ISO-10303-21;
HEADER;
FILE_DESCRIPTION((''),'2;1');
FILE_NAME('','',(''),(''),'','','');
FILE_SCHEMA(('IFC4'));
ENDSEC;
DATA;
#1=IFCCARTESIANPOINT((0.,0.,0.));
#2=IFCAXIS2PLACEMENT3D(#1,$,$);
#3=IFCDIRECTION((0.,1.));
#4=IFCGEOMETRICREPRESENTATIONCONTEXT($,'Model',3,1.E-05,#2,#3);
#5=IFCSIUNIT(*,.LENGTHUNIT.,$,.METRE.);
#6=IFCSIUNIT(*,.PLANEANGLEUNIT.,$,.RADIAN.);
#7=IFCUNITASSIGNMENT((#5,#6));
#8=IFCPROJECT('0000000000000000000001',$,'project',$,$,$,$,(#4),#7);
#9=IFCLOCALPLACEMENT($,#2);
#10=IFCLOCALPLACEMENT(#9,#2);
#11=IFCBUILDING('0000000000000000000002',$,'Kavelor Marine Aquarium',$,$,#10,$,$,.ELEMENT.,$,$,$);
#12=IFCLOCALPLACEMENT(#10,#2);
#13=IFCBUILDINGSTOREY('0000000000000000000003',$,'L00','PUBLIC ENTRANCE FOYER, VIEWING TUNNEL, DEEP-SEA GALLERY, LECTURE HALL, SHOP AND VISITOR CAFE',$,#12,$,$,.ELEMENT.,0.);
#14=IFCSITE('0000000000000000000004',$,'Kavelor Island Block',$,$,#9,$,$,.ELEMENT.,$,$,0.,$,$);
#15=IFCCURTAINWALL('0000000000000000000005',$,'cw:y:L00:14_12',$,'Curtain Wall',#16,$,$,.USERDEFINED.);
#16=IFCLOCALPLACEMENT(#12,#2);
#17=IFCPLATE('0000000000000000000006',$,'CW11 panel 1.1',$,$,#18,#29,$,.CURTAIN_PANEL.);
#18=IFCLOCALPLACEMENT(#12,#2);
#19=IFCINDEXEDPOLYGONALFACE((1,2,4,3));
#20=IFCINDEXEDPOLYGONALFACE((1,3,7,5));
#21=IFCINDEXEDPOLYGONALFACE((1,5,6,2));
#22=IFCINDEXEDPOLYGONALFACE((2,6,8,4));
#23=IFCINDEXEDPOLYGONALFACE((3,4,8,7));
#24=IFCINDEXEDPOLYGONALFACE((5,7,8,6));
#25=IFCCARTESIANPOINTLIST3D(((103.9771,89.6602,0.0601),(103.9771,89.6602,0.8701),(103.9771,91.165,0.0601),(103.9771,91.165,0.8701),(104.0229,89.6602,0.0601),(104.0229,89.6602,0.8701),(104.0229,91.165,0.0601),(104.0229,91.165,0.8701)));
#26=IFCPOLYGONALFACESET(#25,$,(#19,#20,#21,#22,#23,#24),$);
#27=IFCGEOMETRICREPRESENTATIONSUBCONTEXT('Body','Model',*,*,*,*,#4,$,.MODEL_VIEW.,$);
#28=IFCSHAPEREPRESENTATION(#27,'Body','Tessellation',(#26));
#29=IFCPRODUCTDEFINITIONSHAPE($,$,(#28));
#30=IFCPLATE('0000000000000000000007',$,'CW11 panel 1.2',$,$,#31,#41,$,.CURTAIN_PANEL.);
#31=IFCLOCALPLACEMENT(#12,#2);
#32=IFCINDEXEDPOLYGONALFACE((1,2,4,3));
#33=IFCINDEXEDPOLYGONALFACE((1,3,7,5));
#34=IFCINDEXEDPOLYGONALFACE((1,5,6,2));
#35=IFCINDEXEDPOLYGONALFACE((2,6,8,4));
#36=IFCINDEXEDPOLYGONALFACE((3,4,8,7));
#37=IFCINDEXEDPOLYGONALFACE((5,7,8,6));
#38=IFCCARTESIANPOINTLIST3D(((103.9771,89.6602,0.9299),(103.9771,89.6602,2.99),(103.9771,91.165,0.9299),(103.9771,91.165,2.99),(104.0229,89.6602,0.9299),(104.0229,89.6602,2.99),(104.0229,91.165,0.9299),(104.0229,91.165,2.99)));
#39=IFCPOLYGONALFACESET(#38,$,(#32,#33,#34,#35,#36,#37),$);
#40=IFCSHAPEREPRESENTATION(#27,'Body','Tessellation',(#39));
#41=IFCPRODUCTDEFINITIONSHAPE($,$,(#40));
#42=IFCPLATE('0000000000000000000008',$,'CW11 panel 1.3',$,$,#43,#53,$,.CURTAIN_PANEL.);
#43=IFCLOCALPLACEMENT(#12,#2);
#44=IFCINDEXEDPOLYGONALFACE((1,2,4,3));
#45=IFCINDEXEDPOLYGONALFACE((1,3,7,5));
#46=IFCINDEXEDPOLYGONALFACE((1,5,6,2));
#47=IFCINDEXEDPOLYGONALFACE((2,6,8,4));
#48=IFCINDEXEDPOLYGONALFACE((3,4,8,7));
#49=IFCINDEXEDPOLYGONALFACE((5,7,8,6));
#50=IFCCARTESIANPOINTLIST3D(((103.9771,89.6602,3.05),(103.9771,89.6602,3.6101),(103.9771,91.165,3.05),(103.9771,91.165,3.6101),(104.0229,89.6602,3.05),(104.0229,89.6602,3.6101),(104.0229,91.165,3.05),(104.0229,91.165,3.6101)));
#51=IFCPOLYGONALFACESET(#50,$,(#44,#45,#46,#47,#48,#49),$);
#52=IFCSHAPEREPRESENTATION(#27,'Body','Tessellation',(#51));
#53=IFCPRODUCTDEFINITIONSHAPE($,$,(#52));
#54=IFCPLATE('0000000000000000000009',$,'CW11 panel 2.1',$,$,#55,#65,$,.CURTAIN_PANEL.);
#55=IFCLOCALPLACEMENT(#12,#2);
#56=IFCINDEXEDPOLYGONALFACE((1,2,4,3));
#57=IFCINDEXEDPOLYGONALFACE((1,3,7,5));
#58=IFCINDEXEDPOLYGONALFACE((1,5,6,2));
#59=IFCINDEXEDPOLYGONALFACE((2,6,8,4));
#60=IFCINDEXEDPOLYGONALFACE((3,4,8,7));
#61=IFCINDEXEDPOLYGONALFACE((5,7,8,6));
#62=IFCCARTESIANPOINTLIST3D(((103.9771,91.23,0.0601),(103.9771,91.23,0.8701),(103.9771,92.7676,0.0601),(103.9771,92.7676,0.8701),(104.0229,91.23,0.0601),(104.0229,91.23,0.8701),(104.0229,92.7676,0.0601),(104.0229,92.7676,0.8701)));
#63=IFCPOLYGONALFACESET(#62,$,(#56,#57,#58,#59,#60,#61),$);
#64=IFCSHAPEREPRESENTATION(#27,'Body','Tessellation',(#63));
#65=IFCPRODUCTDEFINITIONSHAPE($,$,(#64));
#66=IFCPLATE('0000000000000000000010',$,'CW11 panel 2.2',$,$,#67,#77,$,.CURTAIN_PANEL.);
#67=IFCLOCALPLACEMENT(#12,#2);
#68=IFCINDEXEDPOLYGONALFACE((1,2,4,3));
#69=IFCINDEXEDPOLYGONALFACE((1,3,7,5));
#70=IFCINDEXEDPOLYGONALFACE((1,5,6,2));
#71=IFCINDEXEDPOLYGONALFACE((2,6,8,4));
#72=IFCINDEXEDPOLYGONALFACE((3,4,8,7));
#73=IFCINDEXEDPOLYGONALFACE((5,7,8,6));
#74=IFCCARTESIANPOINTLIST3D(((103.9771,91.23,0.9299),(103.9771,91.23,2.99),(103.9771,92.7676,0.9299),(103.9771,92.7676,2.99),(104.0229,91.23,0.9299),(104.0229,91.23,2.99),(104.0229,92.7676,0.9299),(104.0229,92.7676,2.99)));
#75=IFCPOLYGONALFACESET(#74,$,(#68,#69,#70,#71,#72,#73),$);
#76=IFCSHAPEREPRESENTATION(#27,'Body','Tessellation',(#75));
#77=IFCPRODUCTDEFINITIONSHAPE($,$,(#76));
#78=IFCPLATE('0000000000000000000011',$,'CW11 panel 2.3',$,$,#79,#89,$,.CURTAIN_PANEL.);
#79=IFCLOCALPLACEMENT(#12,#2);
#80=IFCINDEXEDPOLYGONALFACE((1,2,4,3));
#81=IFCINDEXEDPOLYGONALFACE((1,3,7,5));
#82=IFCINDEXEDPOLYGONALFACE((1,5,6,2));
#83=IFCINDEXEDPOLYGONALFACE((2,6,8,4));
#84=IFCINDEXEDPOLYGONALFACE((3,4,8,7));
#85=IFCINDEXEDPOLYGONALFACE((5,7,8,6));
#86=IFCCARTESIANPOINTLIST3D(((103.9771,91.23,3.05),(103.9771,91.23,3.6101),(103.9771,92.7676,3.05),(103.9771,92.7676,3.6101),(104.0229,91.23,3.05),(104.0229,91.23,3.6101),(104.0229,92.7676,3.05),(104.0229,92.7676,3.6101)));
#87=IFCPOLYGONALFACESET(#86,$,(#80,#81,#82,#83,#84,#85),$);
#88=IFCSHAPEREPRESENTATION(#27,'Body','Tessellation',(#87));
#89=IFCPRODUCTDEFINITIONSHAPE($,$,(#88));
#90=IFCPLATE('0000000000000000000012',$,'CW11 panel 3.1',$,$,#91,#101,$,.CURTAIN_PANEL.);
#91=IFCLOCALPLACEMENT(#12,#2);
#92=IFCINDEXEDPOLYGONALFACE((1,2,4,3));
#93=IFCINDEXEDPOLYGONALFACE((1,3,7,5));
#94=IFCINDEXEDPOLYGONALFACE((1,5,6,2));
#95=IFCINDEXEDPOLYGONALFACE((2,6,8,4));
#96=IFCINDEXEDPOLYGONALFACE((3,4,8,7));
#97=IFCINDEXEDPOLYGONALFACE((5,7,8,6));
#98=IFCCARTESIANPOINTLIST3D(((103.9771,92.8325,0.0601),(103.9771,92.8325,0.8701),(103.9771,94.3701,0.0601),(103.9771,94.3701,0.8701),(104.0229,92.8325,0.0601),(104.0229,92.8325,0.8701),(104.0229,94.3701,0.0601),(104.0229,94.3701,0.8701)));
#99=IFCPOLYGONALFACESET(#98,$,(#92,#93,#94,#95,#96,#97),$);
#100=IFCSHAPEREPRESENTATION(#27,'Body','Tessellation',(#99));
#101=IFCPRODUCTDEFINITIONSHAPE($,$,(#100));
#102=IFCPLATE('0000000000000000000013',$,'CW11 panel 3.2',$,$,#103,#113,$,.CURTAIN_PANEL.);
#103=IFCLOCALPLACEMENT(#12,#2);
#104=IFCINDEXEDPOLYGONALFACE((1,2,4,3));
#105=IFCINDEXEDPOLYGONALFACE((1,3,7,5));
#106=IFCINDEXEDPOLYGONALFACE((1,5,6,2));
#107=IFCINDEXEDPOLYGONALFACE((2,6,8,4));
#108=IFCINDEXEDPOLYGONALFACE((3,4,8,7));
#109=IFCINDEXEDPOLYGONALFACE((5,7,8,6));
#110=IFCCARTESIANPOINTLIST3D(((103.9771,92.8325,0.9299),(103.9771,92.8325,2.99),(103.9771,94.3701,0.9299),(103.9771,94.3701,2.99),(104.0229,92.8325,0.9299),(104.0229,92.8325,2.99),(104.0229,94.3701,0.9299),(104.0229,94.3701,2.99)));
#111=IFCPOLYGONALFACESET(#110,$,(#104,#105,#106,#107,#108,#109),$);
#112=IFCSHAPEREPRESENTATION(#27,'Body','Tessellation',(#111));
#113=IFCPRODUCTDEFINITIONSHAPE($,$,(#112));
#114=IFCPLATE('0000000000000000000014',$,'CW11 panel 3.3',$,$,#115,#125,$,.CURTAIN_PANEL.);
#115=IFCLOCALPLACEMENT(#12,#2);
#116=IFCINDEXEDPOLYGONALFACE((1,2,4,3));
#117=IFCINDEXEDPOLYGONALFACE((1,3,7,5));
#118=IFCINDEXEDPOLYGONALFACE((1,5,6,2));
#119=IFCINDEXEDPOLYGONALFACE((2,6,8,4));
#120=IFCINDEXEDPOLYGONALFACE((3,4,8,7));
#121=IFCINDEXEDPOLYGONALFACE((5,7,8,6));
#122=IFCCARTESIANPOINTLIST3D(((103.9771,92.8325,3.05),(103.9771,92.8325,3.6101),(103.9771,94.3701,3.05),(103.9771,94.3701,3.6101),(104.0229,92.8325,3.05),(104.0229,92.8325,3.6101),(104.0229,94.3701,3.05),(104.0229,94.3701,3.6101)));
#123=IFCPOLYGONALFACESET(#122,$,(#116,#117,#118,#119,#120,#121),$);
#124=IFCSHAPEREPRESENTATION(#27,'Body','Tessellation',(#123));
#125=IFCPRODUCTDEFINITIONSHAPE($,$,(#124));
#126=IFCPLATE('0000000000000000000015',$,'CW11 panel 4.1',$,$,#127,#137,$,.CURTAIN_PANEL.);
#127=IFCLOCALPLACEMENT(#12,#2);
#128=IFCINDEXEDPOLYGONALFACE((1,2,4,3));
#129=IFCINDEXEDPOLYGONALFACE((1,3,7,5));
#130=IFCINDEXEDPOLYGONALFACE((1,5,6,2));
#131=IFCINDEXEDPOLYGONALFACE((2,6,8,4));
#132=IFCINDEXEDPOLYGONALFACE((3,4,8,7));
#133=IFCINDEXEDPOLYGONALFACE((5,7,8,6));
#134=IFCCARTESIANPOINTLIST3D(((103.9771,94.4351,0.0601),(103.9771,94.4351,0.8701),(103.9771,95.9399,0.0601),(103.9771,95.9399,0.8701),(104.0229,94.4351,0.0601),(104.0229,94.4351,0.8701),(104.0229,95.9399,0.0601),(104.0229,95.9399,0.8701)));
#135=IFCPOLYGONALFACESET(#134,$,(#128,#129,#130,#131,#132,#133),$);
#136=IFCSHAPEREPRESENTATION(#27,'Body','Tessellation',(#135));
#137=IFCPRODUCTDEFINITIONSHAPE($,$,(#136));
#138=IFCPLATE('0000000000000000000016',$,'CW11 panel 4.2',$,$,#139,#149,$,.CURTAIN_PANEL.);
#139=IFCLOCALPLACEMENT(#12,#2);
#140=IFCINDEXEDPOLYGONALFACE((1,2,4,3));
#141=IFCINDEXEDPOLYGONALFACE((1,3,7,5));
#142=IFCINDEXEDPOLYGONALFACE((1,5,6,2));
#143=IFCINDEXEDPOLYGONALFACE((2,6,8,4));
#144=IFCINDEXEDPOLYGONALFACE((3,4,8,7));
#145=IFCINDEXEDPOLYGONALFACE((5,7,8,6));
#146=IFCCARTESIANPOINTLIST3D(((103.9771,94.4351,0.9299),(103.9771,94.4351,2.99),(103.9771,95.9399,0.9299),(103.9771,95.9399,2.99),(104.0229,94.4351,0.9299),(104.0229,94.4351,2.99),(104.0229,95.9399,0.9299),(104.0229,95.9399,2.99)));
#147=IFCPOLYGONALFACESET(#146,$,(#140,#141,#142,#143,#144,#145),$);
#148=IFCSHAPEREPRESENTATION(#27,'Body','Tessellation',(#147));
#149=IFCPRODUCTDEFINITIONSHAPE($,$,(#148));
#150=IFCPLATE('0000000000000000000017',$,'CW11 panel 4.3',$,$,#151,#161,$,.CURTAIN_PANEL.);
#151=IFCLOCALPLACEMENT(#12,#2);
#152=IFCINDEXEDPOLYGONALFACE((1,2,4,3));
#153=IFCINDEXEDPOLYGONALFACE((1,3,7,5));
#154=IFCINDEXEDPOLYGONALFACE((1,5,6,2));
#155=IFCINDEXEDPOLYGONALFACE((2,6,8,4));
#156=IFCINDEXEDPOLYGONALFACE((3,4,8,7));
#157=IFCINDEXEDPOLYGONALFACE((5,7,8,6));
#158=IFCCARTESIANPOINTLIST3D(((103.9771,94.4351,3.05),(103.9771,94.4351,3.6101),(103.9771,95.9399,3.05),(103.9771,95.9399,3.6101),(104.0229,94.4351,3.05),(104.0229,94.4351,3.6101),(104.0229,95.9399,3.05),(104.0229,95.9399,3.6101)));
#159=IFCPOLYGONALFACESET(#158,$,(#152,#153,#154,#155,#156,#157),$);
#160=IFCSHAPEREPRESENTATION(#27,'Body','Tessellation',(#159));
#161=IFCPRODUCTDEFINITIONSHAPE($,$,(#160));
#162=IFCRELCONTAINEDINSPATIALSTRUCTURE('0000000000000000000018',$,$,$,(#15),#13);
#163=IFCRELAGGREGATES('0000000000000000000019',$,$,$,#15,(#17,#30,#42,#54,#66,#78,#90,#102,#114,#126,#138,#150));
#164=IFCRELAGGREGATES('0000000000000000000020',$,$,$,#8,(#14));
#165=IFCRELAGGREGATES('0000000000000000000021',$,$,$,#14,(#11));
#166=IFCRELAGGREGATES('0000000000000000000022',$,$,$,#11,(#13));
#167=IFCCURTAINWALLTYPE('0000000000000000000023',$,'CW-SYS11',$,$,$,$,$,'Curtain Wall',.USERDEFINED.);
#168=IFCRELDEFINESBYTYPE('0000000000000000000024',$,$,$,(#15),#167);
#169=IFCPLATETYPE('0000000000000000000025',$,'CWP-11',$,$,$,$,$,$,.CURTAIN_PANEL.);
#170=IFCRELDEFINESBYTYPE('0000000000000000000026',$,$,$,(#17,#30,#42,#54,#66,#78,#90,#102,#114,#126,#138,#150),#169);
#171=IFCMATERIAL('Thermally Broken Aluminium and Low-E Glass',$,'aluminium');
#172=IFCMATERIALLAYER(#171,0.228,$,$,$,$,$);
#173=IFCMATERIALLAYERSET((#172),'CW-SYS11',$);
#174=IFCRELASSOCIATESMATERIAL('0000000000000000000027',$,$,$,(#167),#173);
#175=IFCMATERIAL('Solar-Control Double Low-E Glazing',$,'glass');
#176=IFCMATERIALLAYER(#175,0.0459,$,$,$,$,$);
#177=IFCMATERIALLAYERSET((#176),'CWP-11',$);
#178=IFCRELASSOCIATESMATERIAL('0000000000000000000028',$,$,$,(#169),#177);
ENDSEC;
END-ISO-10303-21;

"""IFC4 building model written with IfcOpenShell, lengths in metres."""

from ifc_helpers import new_model, si_unit, direction, frame, origin, origin_2d, place, context, subcontext, project, spatial, rectangle, extrude, material, layer, layer_set, type_object, element, aggregate, save


model = new_model("IFC4")

# Units and contexts
model_context = context("Model", 3, precision=1e-05, world=origin(), true_north=direction((0.0, 1.0)))
body_context = subcontext(model_context, "Body", "Model", "MODEL_VIEW")
ifc_project = project(units=[si_unit("LENGTHUNIT", "METRE"), si_unit("PLANEANGLEUNIT", "RADIAN")], contexts=[model_context])

# Site, building, storey
site_placement = place(None, origin())
site = spatial("IfcSite", under=ifc_project, at=site_placement, Name="Kavelor Island Block", CompositionType="ELEMENT", RefElevation=0.0)
building_placement = place(site_placement, origin())
building = spatial("IfcBuilding", under=site, at=building_placement, Name="Kavelor Marine Aquarium", CompositionType="ELEMENT")
storey_placement = place(building_placement, origin())
storey = spatial("IfcBuildingStorey", under=building, at=storey_placement, Name="L00", Description="PUBLIC ENTRANCE FOYER, VIEWING TUNNEL, DEEP-SEA GALLERY, LECTURE HALL, SHOP AND VISITOR CAFE", CompositionType="ELEMENT", Elevation=0.0)

# Curtain wall, plates
ifc_material_1 = material(Name="Thermally Broken Aluminium and Low-E Glass", Category="aluminium")
ifc_layer_1 = layer(ifc_material_1, 0.228)
ifc_layer_set_1 = layer_set([ifc_layer_1], Name="CW-SYS11")
curtain_wall_type = type_object("IfcCurtainWallType", Name="CW-SYS11", ElementType="Curtain Wall", PredefinedType="USERDEFINED", material=ifc_layer_set_1)
curtain_wall_placement = place(storey_placement, origin())
curtain_wall = element("IfcCurtainWall", 1, at=curtain_wall_placement, inside=storey, type_object=curtain_wall_type, Name="cw:y:L00:14_12", ObjectType="Curtain Wall", PredefinedType="USERDEFINED")
ifc_material_2 = material(Name="Solar-Control Double Low-E Glazing", Category="glass")
ifc_layer_2 = layer(ifc_material_2, 0.0459)
ifc_layer_set_2 = layer_set([ifc_layer_2], Name="CWP-11")
plate_type = type_object("IfcPlateType", Name="CWP-11", PredefinedType="CURTAIN_PANEL", material=ifc_layer_set_2)
plate_1_placement = place(storey_placement, frame((104.0, 90.4126, 0.0601), z_axis=(0.0, 0.0, 1.0), x_axis=(0.0, 1.0, 0.0)))
plate_1 = element("IfcPlate", 2, at=plate_1_placement, type_object=plate_type, Name="CW11 panel 1.1", PredefinedType="CURTAIN_PANEL", context=body_context, shape_type="SweptSolid", body=[
    extrude(rectangle(XDim=1.5049, YDim=0.0459, at=origin_2d()), origin(), (0.0, 0.0, 1.0), 0.8101),
])
plate_2_placement = place(storey_placement, frame((104.0, 90.4126, 0.9299), z_axis=(0.0, 0.0, 1.0), x_axis=(0.0, 1.0, 0.0)))
plate_2 = element("IfcPlate", 3, at=plate_2_placement, type_object=plate_type, Name="CW11 panel 1.2", PredefinedType="CURTAIN_PANEL", context=body_context, shape_type="SweptSolid", body=[
    extrude(rectangle(XDim=1.5049, YDim=0.0459, at=origin_2d()), origin(), (0.0, 0.0, 1.0), 2.0601),
])
plate_3_placement = place(storey_placement, frame((104.0, 90.4126, 3.05), z_axis=(0.0, 0.0, 1.0), x_axis=(0.0, 1.0, 0.0)))
plate_3 = element("IfcPlate", 4, at=plate_3_placement, type_object=plate_type, Name="CW11 panel 1.3", PredefinedType="CURTAIN_PANEL", context=body_context, shape_type="SweptSolid", body=[
    extrude(rectangle(XDim=1.5049, YDim=0.0459, at=origin_2d()), origin(), (0.0, 0.0, 1.0), 0.5601),
])
plate_4_placement = place(storey_placement, frame((104.0, 91.9988, 0.0601), z_axis=(0.0, 0.0, 1.0), x_axis=(0.0, 1.0, 0.0)))
plate_4 = element("IfcPlate", 5, at=plate_4_placement, type_object=plate_type, Name="CW11 panel 2.1", PredefinedType="CURTAIN_PANEL", context=body_context, shape_type="SweptSolid", body=[
    extrude(rectangle(XDim=1.5376, YDim=0.0459, at=origin_2d()), origin(), (0.0, 0.0, 1.0), 0.8101),
])
plate_5_placement = place(storey_placement, frame((104.0, 91.9988, 0.9299), z_axis=(0.0, 0.0, 1.0), x_axis=(0.0, 1.0, 0.0)))
plate_5 = element("IfcPlate", 6, at=plate_5_placement, type_object=plate_type, Name="CW11 panel 2.2", PredefinedType="CURTAIN_PANEL", context=body_context, shape_type="SweptSolid", body=[
    extrude(rectangle(XDim=1.5376, YDim=0.0459, at=origin_2d()), origin(), (0.0, 0.0, 1.0), 2.0601),
])
plate_6_placement = place(storey_placement, frame((104.0, 91.9988, 3.05), z_axis=(0.0, 0.0, 1.0), x_axis=(0.0, 1.0, 0.0)))
plate_6 = element("IfcPlate", 7, at=plate_6_placement, type_object=plate_type, Name="CW11 panel 2.3", PredefinedType="CURTAIN_PANEL", context=body_context, shape_type="SweptSolid", body=[
    extrude(rectangle(XDim=1.5376, YDim=0.0459, at=origin_2d()), origin(), (0.0, 0.0, 1.0), 0.5601),
])
plate_7_placement = place(storey_placement, frame((104.0, 93.6013, 0.0601), z_axis=(0.0, 0.0, 1.0), x_axis=(0.0, 1.0, 0.0)))
plate_7 = element("IfcPlate", 8, at=plate_7_placement, type_object=plate_type, Name="CW11 panel 3.1", PredefinedType="CURTAIN_PANEL", context=body_context, shape_type="SweptSolid", body=[
    extrude(rectangle(XDim=1.5376, YDim=0.0459, at=origin_2d()), origin(), (0.0, 0.0, 1.0), 0.8101),
])
plate_8_placement = place(storey_placement, frame((104.0, 93.6013, 0.9299), z_axis=(0.0, 0.0, 1.0), x_axis=(0.0, 1.0, 0.0)))
plate_8 = element("IfcPlate", 9, at=plate_8_placement, type_object=plate_type, Name="CW11 panel 3.2", PredefinedType="CURTAIN_PANEL", context=body_context, shape_type="SweptSolid", body=[
    extrude(rectangle(XDim=1.5376, YDim=0.0459, at=origin_2d()), origin(), (0.0, 0.0, 1.0), 2.0601),
])
plate_9_placement = place(storey_placement, frame((104.0, 93.6013, 3.05), z_axis=(0.0, 0.0, 1.0), x_axis=(0.0, 1.0, 0.0)))
plate_9 = element("IfcPlate", 10, at=plate_9_placement, type_object=plate_type, Name="CW11 panel 3.3", PredefinedType="CURTAIN_PANEL", context=body_context, shape_type="SweptSolid", body=[
    extrude(rectangle(XDim=1.5376, YDim=0.0459, at=origin_2d()), origin(), (0.0, 0.0, 1.0), 0.5601),
])
plate_10_placement = place(storey_placement, frame((104.0, 95.1875, 0.0601), z_axis=(0.0, 0.0, 1.0), x_axis=(0.0, 1.0, 0.0)))
plate_10 = element("IfcPlate", 11, at=plate_10_placement, type_object=plate_type, Name="CW11 panel 4.1", PredefinedType="CURTAIN_PANEL", context=body_context, shape_type="SweptSolid", body=[
    extrude(rectangle(XDim=1.5049, YDim=0.0459, at=origin_2d()), origin(), (0.0, 0.0, 1.0), 0.8101),
])
plate_11_placement = place(storey_placement, frame((104.0, 95.1875, 0.9299), z_axis=(0.0, 0.0, 1.0), x_axis=(0.0, 1.0, 0.0)))
plate_11 = element("IfcPlate", 12, at=plate_11_placement, type_object=plate_type, Name="CW11 panel 4.2", PredefinedType="CURTAIN_PANEL", context=body_context, shape_type="SweptSolid", body=[
    extrude(rectangle(XDim=1.5049, YDim=0.0459, at=origin_2d()), origin(), (0.0, 0.0, 1.0), 2.0601),
])
plate_12_placement = place(storey_placement, frame((104.0, 95.1875, 3.05), z_axis=(0.0, 0.0, 1.0), x_axis=(0.0, 1.0, 0.0)))
plate_12 = element("IfcPlate", 13, at=plate_12_placement, type_object=plate_type, Name="CW11 panel 4.3", PredefinedType="CURTAIN_PANEL", context=body_context, shape_type="SweptSolid", body=[
    extrude(rectangle(XDim=1.5049, YDim=0.0459, at=origin_2d()), origin(), (0.0, 0.0, 1.0), 0.5601),
])
aggregate(curtain_wall, [plate_1, plate_2, plate_3, plate_4, plate_5, plate_6, plate_7, plate_8, plate_9, plate_10, plate_11, plate_12])

save(model, "model.ifc")
